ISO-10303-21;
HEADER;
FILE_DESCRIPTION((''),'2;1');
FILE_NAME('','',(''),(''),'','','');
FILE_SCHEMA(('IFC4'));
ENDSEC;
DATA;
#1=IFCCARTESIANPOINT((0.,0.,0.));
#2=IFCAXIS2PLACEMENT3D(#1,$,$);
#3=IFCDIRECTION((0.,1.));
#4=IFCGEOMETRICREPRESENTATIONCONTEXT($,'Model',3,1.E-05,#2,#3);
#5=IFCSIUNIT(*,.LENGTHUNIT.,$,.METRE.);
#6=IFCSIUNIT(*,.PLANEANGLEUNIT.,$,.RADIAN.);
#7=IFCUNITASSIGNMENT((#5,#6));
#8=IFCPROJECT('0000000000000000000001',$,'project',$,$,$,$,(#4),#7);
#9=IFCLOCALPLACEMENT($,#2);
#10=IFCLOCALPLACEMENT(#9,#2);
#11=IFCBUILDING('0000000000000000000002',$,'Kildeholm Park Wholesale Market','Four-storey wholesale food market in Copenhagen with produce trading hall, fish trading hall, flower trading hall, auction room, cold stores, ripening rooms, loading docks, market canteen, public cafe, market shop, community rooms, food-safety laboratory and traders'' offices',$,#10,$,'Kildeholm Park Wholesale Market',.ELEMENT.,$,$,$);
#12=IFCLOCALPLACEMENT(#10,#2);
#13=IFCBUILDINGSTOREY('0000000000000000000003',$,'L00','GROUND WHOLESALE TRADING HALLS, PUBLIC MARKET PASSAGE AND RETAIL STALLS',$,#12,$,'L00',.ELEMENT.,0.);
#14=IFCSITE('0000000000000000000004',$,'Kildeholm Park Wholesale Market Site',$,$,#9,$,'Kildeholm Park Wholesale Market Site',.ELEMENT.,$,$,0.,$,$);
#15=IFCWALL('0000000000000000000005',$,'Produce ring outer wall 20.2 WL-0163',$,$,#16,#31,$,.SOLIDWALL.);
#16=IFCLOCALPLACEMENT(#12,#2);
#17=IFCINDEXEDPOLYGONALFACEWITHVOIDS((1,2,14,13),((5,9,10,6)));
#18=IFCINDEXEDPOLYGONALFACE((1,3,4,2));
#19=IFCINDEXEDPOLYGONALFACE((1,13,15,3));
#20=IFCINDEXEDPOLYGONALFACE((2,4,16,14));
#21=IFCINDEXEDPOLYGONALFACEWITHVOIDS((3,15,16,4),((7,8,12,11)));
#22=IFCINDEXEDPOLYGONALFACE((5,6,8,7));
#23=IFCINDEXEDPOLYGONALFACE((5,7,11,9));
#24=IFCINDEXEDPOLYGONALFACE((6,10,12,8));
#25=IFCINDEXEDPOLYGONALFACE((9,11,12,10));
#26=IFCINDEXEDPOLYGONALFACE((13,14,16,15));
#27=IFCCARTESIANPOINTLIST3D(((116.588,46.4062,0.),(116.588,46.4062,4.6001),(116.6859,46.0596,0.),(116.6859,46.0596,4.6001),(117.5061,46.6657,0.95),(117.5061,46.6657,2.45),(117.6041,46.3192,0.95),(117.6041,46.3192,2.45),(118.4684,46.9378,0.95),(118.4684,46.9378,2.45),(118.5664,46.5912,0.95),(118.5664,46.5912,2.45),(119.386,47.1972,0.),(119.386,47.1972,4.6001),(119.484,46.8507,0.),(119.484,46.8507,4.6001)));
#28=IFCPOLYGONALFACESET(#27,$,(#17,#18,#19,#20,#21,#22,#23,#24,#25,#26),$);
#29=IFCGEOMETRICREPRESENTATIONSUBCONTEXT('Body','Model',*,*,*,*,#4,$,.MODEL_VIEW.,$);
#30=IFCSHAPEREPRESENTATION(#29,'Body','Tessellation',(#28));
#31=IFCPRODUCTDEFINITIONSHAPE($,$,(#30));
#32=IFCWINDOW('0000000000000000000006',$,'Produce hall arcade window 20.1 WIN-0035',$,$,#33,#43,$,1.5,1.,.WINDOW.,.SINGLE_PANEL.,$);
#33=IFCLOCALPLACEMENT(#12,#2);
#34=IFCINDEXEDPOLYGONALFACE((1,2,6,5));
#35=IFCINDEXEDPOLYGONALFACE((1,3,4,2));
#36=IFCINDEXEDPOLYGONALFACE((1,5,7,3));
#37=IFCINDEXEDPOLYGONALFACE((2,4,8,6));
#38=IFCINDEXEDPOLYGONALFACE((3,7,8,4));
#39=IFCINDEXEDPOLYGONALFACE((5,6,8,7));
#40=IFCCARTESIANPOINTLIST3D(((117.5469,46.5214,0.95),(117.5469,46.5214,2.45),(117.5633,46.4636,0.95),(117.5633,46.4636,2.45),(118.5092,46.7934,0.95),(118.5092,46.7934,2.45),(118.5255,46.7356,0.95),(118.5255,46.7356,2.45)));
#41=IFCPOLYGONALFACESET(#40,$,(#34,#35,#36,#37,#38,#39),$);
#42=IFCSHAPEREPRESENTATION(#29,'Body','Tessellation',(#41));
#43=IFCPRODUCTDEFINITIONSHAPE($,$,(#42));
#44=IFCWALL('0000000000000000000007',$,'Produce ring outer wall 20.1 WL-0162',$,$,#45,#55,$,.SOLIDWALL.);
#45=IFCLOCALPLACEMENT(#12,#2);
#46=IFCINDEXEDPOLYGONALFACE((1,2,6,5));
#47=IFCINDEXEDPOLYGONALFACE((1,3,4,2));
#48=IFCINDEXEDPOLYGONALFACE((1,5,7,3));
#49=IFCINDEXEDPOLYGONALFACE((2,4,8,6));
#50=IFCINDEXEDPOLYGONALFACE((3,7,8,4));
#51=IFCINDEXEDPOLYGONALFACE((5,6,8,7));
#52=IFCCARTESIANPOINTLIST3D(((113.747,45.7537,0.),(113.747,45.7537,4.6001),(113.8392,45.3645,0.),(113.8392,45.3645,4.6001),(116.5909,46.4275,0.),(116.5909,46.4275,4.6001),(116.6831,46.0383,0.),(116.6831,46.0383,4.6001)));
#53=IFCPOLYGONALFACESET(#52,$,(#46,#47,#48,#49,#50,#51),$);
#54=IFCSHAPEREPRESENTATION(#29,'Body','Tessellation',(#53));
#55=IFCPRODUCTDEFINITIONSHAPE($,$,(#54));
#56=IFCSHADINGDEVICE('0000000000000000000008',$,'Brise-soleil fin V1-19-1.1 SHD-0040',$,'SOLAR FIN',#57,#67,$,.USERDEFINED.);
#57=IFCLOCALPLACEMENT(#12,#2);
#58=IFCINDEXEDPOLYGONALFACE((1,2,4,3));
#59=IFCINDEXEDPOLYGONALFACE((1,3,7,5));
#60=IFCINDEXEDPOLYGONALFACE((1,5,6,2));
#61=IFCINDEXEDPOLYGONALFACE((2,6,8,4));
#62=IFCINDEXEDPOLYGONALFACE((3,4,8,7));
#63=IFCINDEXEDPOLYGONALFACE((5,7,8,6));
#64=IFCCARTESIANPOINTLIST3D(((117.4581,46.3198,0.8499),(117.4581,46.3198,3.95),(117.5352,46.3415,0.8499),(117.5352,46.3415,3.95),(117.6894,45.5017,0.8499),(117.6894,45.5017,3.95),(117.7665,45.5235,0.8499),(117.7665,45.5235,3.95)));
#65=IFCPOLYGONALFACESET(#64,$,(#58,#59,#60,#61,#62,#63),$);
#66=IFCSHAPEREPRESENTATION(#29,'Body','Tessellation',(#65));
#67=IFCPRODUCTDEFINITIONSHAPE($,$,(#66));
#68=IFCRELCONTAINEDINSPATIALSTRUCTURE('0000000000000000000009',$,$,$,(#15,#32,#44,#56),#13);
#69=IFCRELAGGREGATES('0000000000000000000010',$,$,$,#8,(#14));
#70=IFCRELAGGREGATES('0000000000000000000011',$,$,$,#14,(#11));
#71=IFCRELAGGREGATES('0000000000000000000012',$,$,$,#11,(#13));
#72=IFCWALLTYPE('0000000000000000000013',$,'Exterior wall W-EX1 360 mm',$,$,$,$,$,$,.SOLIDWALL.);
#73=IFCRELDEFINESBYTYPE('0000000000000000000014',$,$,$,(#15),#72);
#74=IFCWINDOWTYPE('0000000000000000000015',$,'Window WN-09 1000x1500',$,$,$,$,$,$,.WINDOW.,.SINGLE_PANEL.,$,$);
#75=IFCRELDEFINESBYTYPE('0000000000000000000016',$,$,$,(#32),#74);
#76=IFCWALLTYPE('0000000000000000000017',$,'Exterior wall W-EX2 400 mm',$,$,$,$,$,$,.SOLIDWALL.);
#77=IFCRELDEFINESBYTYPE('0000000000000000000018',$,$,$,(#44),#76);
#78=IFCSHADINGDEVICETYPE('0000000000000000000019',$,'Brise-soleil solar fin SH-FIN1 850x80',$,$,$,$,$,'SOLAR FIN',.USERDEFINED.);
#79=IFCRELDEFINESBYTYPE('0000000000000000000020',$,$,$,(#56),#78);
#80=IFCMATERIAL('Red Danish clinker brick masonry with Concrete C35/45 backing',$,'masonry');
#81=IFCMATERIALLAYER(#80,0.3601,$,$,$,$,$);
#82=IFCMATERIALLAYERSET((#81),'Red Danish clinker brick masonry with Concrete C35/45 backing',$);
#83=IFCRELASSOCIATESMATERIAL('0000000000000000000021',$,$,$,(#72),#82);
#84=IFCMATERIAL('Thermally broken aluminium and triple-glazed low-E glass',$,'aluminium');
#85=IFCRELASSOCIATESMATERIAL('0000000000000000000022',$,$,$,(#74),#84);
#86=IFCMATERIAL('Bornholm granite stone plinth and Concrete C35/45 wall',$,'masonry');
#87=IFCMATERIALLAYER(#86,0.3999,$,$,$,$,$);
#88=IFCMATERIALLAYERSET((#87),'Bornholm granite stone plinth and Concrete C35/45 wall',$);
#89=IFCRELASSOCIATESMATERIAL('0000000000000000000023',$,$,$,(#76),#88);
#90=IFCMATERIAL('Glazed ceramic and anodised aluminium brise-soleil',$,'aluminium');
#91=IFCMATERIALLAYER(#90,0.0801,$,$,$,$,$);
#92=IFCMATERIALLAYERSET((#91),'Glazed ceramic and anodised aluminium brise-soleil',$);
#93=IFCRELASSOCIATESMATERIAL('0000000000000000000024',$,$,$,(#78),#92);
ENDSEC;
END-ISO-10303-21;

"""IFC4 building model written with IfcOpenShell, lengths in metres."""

from ifc_helpers import new_model, si_unit, direction, frame, frame_2d, origin, origin_2d, place, context, subcontext, project, spatial, rectangle, extrude, material, layer, layer_set, type_object, element, fill, save


model = new_model("IFC4")

# Units and contexts
model_context = context("Model", 3, precision=1e-05, world=origin(), true_north=direction((0.0, 1.0)))
body_context = subcontext(model_context, "Body", "Model", "MODEL_VIEW")
ifc_project = project(units=[si_unit("LENGTHUNIT", "METRE"), si_unit("PLANEANGLEUNIT", "RADIAN")], contexts=[model_context])

# Site, building, storey
site_placement = place(None, origin())
site = spatial("IfcSite", under=ifc_project, at=site_placement, Name="Kildeholm Park Wholesale Market Site", LongName="Kildeholm Park Wholesale Market Site", CompositionType="ELEMENT", RefElevation=0.0)
building_placement = place(site_placement, origin())
building = spatial("IfcBuilding", under=site, at=building_placement, Name="Kildeholm Park Wholesale Market", Description="Four-storey wholesale food market in Copenhagen with produce trading hall, fish trading hall, flower trading hall, auction room, cold stores, ripening rooms, loading docks, market canteen, public cafe, market shop, community rooms, food-safety laboratory and traders' offices", LongName="Kildeholm Park Wholesale Market", CompositionType="ELEMENT")
storey_placement = place(building_placement, origin())
storey = spatial("IfcBuildingStorey", under=building, at=storey_placement, Name="L00", Description="GROUND WHOLESALE TRADING HALLS, PUBLIC MARKET PASSAGE AND RETAIL STALLS", LongName="L00", CompositionType="ELEMENT", Elevation=0.0)

# Wall, opening, window
ifc_material_1 = material(Name="Red Danish clinker brick masonry with Concrete C35/45 backing", Category="masonry")
ifc_layer_1 = layer(ifc_material_1, 0.3601)
ifc_layer_set_1 = layer_set([ifc_layer_1], Name="Red Danish clinker brick masonry with Concrete C35/45 backing")
wall_type_1 = type_object("IfcWallType", Name="Exterior wall W-EX1 360 mm", PredefinedType="SOLIDWALL", material=ifc_layer_set_1)
wall_1_placement = place(storey_placement, frame((116.637, 46.2329, 0.0), z_axis=(0.0, 0.0, 1.0), x_axis=(0.962287, 0.272036, 0.0)))
wall_1 = element("IfcWall", 1, at=wall_1_placement, inside=storey, type_object=wall_type_1, Name="Produce ring outer wall 20.2 WL-0163", PredefinedType="SOLIDWALL", context=body_context, shape_type="SweptSolid", body=[
    extrude(rectangle(XDim=2.9077, YDim=0.3601, at=frame_2d((1.4539, 0.0))), origin(), (0.0, 0.0, 1.0), 4.6001),
])
opening_placement = place(wall_1_placement, frame((0.9541, 0.0, 0.95)))
opening = element("IfcOpeningElement", 2, at=opening_placement, cuts=wall_1, PredefinedType="OPENING", context=body_context, shape_type="SweptSolid", body=[
    extrude(rectangle(XDim=1.0, YDim=1.5, at=frame_2d((0.5, 0.75))), frame((0.0, 0.1899, 0.0), z_axis=(0.0, -1.0, 0.0), x_axis=(1.0, 0.0, 0.0)), (0.0, 0.0, 1.0), 0.3801),
])
ifc_material_2 = material(Name="Thermally broken aluminium and triple-glazed low-E glass", Category="aluminium")
window_type = type_object("IfcWindowType", Name="Window WN-09 1000x1500", PartitioningType="SINGLE_PANEL", PredefinedType="WINDOW", material=ifc_material_2)
window_placement = place(opening_placement, origin())
window = element("IfcWindow", 3, at=window_placement, inside=storey, type_object=window_type, Name="Produce hall arcade window 20.1 WIN-0035", OverallHeight=1.5, OverallWidth=1.0, PartitioningType="SINGLE_PANEL", PredefinedType="WINDOW", context=body_context, shape_type="SweptSolid", body=[
    extrude(rectangle(XDim=1.0, YDim=1.5, at=frame_2d((0.5, 0.75))), frame((0.0, 0.03, 0.0), z_axis=(0.0, -1.0, 0.0), x_axis=(1.0, 0.0, 0.0)), (0.0, 0.0, 1.0), 0.0601),
])
fill(opening, window)

# Wall
ifc_material_3 = material(Name="Bornholm granite stone plinth and Concrete C35/45 wall", Category="masonry")
ifc_layer_2 = layer(ifc_material_3, 0.3999)
ifc_layer_set_2 = layer_set([ifc_layer_2], Name="Bornholm granite stone plinth and Concrete C35/45 wall")
wall_type_2 = type_object("IfcWallType", Name="Exterior wall W-EX2 400 mm", PredefinedType="SOLIDWALL", material=ifc_layer_set_2)
wall_2_placement = place(storey_placement, frame((113.793, 45.5591, 0.0), z_axis=(0.0, 0.0, 1.0), x_axis=(0.973061, 0.230548, 0.0)))
element("IfcWall", 4, at=wall_2_placement, inside=storey, type_object=wall_type_2, Name="Produce ring outer wall 20.1 WL-0162", PredefinedType="SOLIDWALL", context=body_context, shape_type="SweptSolid", body=[
    extrude(rectangle(XDim=2.9226, YDim=0.3999, at=frame_2d((1.4614, 0.0))), origin(), (0.0, 0.0, 1.0), 4.6001),
])

# Shading device
ifc_material_4 = material(Name="Glazed ceramic and anodised aluminium brise-soleil", Category="aluminium")
ifc_layer_3 = layer(ifc_material_4, 0.0801)
ifc_layer_set_3 = layer_set([ifc_layer_3], Name="Glazed ceramic and anodised aluminium brise-soleil")
shading_device_type = type_object("IfcShadingDeviceType", Name="Brise-soleil solar fin SH-FIN1 850x80", ElementType="SOLAR FIN", PredefinedType="USERDEFINED", material=ifc_layer_set_3)
shading_device_placement = place(storey_placement, frame((117.6123, 45.9216, 0.8499), z_axis=(0.0, 0.0, 1.0), x_axis=(0.272045, -0.962284, 0.0)))
element("IfcShadingDevice", 5, at=shading_device_placement, inside=storey, type_object=shading_device_type, Name="Brise-soleil fin V1-19-1.1 SHD-0040", ObjectType="SOLAR FIN", PredefinedType="USERDEFINED", context=body_context, shape_type="SweptSolid", body=[
    extrude(rectangle(XDim=0.8501, YDim=0.0801, at=origin_2d()), origin(), (0.0, 0.0, 1.0), 3.1001),
])

save(model, "model.ifc")
